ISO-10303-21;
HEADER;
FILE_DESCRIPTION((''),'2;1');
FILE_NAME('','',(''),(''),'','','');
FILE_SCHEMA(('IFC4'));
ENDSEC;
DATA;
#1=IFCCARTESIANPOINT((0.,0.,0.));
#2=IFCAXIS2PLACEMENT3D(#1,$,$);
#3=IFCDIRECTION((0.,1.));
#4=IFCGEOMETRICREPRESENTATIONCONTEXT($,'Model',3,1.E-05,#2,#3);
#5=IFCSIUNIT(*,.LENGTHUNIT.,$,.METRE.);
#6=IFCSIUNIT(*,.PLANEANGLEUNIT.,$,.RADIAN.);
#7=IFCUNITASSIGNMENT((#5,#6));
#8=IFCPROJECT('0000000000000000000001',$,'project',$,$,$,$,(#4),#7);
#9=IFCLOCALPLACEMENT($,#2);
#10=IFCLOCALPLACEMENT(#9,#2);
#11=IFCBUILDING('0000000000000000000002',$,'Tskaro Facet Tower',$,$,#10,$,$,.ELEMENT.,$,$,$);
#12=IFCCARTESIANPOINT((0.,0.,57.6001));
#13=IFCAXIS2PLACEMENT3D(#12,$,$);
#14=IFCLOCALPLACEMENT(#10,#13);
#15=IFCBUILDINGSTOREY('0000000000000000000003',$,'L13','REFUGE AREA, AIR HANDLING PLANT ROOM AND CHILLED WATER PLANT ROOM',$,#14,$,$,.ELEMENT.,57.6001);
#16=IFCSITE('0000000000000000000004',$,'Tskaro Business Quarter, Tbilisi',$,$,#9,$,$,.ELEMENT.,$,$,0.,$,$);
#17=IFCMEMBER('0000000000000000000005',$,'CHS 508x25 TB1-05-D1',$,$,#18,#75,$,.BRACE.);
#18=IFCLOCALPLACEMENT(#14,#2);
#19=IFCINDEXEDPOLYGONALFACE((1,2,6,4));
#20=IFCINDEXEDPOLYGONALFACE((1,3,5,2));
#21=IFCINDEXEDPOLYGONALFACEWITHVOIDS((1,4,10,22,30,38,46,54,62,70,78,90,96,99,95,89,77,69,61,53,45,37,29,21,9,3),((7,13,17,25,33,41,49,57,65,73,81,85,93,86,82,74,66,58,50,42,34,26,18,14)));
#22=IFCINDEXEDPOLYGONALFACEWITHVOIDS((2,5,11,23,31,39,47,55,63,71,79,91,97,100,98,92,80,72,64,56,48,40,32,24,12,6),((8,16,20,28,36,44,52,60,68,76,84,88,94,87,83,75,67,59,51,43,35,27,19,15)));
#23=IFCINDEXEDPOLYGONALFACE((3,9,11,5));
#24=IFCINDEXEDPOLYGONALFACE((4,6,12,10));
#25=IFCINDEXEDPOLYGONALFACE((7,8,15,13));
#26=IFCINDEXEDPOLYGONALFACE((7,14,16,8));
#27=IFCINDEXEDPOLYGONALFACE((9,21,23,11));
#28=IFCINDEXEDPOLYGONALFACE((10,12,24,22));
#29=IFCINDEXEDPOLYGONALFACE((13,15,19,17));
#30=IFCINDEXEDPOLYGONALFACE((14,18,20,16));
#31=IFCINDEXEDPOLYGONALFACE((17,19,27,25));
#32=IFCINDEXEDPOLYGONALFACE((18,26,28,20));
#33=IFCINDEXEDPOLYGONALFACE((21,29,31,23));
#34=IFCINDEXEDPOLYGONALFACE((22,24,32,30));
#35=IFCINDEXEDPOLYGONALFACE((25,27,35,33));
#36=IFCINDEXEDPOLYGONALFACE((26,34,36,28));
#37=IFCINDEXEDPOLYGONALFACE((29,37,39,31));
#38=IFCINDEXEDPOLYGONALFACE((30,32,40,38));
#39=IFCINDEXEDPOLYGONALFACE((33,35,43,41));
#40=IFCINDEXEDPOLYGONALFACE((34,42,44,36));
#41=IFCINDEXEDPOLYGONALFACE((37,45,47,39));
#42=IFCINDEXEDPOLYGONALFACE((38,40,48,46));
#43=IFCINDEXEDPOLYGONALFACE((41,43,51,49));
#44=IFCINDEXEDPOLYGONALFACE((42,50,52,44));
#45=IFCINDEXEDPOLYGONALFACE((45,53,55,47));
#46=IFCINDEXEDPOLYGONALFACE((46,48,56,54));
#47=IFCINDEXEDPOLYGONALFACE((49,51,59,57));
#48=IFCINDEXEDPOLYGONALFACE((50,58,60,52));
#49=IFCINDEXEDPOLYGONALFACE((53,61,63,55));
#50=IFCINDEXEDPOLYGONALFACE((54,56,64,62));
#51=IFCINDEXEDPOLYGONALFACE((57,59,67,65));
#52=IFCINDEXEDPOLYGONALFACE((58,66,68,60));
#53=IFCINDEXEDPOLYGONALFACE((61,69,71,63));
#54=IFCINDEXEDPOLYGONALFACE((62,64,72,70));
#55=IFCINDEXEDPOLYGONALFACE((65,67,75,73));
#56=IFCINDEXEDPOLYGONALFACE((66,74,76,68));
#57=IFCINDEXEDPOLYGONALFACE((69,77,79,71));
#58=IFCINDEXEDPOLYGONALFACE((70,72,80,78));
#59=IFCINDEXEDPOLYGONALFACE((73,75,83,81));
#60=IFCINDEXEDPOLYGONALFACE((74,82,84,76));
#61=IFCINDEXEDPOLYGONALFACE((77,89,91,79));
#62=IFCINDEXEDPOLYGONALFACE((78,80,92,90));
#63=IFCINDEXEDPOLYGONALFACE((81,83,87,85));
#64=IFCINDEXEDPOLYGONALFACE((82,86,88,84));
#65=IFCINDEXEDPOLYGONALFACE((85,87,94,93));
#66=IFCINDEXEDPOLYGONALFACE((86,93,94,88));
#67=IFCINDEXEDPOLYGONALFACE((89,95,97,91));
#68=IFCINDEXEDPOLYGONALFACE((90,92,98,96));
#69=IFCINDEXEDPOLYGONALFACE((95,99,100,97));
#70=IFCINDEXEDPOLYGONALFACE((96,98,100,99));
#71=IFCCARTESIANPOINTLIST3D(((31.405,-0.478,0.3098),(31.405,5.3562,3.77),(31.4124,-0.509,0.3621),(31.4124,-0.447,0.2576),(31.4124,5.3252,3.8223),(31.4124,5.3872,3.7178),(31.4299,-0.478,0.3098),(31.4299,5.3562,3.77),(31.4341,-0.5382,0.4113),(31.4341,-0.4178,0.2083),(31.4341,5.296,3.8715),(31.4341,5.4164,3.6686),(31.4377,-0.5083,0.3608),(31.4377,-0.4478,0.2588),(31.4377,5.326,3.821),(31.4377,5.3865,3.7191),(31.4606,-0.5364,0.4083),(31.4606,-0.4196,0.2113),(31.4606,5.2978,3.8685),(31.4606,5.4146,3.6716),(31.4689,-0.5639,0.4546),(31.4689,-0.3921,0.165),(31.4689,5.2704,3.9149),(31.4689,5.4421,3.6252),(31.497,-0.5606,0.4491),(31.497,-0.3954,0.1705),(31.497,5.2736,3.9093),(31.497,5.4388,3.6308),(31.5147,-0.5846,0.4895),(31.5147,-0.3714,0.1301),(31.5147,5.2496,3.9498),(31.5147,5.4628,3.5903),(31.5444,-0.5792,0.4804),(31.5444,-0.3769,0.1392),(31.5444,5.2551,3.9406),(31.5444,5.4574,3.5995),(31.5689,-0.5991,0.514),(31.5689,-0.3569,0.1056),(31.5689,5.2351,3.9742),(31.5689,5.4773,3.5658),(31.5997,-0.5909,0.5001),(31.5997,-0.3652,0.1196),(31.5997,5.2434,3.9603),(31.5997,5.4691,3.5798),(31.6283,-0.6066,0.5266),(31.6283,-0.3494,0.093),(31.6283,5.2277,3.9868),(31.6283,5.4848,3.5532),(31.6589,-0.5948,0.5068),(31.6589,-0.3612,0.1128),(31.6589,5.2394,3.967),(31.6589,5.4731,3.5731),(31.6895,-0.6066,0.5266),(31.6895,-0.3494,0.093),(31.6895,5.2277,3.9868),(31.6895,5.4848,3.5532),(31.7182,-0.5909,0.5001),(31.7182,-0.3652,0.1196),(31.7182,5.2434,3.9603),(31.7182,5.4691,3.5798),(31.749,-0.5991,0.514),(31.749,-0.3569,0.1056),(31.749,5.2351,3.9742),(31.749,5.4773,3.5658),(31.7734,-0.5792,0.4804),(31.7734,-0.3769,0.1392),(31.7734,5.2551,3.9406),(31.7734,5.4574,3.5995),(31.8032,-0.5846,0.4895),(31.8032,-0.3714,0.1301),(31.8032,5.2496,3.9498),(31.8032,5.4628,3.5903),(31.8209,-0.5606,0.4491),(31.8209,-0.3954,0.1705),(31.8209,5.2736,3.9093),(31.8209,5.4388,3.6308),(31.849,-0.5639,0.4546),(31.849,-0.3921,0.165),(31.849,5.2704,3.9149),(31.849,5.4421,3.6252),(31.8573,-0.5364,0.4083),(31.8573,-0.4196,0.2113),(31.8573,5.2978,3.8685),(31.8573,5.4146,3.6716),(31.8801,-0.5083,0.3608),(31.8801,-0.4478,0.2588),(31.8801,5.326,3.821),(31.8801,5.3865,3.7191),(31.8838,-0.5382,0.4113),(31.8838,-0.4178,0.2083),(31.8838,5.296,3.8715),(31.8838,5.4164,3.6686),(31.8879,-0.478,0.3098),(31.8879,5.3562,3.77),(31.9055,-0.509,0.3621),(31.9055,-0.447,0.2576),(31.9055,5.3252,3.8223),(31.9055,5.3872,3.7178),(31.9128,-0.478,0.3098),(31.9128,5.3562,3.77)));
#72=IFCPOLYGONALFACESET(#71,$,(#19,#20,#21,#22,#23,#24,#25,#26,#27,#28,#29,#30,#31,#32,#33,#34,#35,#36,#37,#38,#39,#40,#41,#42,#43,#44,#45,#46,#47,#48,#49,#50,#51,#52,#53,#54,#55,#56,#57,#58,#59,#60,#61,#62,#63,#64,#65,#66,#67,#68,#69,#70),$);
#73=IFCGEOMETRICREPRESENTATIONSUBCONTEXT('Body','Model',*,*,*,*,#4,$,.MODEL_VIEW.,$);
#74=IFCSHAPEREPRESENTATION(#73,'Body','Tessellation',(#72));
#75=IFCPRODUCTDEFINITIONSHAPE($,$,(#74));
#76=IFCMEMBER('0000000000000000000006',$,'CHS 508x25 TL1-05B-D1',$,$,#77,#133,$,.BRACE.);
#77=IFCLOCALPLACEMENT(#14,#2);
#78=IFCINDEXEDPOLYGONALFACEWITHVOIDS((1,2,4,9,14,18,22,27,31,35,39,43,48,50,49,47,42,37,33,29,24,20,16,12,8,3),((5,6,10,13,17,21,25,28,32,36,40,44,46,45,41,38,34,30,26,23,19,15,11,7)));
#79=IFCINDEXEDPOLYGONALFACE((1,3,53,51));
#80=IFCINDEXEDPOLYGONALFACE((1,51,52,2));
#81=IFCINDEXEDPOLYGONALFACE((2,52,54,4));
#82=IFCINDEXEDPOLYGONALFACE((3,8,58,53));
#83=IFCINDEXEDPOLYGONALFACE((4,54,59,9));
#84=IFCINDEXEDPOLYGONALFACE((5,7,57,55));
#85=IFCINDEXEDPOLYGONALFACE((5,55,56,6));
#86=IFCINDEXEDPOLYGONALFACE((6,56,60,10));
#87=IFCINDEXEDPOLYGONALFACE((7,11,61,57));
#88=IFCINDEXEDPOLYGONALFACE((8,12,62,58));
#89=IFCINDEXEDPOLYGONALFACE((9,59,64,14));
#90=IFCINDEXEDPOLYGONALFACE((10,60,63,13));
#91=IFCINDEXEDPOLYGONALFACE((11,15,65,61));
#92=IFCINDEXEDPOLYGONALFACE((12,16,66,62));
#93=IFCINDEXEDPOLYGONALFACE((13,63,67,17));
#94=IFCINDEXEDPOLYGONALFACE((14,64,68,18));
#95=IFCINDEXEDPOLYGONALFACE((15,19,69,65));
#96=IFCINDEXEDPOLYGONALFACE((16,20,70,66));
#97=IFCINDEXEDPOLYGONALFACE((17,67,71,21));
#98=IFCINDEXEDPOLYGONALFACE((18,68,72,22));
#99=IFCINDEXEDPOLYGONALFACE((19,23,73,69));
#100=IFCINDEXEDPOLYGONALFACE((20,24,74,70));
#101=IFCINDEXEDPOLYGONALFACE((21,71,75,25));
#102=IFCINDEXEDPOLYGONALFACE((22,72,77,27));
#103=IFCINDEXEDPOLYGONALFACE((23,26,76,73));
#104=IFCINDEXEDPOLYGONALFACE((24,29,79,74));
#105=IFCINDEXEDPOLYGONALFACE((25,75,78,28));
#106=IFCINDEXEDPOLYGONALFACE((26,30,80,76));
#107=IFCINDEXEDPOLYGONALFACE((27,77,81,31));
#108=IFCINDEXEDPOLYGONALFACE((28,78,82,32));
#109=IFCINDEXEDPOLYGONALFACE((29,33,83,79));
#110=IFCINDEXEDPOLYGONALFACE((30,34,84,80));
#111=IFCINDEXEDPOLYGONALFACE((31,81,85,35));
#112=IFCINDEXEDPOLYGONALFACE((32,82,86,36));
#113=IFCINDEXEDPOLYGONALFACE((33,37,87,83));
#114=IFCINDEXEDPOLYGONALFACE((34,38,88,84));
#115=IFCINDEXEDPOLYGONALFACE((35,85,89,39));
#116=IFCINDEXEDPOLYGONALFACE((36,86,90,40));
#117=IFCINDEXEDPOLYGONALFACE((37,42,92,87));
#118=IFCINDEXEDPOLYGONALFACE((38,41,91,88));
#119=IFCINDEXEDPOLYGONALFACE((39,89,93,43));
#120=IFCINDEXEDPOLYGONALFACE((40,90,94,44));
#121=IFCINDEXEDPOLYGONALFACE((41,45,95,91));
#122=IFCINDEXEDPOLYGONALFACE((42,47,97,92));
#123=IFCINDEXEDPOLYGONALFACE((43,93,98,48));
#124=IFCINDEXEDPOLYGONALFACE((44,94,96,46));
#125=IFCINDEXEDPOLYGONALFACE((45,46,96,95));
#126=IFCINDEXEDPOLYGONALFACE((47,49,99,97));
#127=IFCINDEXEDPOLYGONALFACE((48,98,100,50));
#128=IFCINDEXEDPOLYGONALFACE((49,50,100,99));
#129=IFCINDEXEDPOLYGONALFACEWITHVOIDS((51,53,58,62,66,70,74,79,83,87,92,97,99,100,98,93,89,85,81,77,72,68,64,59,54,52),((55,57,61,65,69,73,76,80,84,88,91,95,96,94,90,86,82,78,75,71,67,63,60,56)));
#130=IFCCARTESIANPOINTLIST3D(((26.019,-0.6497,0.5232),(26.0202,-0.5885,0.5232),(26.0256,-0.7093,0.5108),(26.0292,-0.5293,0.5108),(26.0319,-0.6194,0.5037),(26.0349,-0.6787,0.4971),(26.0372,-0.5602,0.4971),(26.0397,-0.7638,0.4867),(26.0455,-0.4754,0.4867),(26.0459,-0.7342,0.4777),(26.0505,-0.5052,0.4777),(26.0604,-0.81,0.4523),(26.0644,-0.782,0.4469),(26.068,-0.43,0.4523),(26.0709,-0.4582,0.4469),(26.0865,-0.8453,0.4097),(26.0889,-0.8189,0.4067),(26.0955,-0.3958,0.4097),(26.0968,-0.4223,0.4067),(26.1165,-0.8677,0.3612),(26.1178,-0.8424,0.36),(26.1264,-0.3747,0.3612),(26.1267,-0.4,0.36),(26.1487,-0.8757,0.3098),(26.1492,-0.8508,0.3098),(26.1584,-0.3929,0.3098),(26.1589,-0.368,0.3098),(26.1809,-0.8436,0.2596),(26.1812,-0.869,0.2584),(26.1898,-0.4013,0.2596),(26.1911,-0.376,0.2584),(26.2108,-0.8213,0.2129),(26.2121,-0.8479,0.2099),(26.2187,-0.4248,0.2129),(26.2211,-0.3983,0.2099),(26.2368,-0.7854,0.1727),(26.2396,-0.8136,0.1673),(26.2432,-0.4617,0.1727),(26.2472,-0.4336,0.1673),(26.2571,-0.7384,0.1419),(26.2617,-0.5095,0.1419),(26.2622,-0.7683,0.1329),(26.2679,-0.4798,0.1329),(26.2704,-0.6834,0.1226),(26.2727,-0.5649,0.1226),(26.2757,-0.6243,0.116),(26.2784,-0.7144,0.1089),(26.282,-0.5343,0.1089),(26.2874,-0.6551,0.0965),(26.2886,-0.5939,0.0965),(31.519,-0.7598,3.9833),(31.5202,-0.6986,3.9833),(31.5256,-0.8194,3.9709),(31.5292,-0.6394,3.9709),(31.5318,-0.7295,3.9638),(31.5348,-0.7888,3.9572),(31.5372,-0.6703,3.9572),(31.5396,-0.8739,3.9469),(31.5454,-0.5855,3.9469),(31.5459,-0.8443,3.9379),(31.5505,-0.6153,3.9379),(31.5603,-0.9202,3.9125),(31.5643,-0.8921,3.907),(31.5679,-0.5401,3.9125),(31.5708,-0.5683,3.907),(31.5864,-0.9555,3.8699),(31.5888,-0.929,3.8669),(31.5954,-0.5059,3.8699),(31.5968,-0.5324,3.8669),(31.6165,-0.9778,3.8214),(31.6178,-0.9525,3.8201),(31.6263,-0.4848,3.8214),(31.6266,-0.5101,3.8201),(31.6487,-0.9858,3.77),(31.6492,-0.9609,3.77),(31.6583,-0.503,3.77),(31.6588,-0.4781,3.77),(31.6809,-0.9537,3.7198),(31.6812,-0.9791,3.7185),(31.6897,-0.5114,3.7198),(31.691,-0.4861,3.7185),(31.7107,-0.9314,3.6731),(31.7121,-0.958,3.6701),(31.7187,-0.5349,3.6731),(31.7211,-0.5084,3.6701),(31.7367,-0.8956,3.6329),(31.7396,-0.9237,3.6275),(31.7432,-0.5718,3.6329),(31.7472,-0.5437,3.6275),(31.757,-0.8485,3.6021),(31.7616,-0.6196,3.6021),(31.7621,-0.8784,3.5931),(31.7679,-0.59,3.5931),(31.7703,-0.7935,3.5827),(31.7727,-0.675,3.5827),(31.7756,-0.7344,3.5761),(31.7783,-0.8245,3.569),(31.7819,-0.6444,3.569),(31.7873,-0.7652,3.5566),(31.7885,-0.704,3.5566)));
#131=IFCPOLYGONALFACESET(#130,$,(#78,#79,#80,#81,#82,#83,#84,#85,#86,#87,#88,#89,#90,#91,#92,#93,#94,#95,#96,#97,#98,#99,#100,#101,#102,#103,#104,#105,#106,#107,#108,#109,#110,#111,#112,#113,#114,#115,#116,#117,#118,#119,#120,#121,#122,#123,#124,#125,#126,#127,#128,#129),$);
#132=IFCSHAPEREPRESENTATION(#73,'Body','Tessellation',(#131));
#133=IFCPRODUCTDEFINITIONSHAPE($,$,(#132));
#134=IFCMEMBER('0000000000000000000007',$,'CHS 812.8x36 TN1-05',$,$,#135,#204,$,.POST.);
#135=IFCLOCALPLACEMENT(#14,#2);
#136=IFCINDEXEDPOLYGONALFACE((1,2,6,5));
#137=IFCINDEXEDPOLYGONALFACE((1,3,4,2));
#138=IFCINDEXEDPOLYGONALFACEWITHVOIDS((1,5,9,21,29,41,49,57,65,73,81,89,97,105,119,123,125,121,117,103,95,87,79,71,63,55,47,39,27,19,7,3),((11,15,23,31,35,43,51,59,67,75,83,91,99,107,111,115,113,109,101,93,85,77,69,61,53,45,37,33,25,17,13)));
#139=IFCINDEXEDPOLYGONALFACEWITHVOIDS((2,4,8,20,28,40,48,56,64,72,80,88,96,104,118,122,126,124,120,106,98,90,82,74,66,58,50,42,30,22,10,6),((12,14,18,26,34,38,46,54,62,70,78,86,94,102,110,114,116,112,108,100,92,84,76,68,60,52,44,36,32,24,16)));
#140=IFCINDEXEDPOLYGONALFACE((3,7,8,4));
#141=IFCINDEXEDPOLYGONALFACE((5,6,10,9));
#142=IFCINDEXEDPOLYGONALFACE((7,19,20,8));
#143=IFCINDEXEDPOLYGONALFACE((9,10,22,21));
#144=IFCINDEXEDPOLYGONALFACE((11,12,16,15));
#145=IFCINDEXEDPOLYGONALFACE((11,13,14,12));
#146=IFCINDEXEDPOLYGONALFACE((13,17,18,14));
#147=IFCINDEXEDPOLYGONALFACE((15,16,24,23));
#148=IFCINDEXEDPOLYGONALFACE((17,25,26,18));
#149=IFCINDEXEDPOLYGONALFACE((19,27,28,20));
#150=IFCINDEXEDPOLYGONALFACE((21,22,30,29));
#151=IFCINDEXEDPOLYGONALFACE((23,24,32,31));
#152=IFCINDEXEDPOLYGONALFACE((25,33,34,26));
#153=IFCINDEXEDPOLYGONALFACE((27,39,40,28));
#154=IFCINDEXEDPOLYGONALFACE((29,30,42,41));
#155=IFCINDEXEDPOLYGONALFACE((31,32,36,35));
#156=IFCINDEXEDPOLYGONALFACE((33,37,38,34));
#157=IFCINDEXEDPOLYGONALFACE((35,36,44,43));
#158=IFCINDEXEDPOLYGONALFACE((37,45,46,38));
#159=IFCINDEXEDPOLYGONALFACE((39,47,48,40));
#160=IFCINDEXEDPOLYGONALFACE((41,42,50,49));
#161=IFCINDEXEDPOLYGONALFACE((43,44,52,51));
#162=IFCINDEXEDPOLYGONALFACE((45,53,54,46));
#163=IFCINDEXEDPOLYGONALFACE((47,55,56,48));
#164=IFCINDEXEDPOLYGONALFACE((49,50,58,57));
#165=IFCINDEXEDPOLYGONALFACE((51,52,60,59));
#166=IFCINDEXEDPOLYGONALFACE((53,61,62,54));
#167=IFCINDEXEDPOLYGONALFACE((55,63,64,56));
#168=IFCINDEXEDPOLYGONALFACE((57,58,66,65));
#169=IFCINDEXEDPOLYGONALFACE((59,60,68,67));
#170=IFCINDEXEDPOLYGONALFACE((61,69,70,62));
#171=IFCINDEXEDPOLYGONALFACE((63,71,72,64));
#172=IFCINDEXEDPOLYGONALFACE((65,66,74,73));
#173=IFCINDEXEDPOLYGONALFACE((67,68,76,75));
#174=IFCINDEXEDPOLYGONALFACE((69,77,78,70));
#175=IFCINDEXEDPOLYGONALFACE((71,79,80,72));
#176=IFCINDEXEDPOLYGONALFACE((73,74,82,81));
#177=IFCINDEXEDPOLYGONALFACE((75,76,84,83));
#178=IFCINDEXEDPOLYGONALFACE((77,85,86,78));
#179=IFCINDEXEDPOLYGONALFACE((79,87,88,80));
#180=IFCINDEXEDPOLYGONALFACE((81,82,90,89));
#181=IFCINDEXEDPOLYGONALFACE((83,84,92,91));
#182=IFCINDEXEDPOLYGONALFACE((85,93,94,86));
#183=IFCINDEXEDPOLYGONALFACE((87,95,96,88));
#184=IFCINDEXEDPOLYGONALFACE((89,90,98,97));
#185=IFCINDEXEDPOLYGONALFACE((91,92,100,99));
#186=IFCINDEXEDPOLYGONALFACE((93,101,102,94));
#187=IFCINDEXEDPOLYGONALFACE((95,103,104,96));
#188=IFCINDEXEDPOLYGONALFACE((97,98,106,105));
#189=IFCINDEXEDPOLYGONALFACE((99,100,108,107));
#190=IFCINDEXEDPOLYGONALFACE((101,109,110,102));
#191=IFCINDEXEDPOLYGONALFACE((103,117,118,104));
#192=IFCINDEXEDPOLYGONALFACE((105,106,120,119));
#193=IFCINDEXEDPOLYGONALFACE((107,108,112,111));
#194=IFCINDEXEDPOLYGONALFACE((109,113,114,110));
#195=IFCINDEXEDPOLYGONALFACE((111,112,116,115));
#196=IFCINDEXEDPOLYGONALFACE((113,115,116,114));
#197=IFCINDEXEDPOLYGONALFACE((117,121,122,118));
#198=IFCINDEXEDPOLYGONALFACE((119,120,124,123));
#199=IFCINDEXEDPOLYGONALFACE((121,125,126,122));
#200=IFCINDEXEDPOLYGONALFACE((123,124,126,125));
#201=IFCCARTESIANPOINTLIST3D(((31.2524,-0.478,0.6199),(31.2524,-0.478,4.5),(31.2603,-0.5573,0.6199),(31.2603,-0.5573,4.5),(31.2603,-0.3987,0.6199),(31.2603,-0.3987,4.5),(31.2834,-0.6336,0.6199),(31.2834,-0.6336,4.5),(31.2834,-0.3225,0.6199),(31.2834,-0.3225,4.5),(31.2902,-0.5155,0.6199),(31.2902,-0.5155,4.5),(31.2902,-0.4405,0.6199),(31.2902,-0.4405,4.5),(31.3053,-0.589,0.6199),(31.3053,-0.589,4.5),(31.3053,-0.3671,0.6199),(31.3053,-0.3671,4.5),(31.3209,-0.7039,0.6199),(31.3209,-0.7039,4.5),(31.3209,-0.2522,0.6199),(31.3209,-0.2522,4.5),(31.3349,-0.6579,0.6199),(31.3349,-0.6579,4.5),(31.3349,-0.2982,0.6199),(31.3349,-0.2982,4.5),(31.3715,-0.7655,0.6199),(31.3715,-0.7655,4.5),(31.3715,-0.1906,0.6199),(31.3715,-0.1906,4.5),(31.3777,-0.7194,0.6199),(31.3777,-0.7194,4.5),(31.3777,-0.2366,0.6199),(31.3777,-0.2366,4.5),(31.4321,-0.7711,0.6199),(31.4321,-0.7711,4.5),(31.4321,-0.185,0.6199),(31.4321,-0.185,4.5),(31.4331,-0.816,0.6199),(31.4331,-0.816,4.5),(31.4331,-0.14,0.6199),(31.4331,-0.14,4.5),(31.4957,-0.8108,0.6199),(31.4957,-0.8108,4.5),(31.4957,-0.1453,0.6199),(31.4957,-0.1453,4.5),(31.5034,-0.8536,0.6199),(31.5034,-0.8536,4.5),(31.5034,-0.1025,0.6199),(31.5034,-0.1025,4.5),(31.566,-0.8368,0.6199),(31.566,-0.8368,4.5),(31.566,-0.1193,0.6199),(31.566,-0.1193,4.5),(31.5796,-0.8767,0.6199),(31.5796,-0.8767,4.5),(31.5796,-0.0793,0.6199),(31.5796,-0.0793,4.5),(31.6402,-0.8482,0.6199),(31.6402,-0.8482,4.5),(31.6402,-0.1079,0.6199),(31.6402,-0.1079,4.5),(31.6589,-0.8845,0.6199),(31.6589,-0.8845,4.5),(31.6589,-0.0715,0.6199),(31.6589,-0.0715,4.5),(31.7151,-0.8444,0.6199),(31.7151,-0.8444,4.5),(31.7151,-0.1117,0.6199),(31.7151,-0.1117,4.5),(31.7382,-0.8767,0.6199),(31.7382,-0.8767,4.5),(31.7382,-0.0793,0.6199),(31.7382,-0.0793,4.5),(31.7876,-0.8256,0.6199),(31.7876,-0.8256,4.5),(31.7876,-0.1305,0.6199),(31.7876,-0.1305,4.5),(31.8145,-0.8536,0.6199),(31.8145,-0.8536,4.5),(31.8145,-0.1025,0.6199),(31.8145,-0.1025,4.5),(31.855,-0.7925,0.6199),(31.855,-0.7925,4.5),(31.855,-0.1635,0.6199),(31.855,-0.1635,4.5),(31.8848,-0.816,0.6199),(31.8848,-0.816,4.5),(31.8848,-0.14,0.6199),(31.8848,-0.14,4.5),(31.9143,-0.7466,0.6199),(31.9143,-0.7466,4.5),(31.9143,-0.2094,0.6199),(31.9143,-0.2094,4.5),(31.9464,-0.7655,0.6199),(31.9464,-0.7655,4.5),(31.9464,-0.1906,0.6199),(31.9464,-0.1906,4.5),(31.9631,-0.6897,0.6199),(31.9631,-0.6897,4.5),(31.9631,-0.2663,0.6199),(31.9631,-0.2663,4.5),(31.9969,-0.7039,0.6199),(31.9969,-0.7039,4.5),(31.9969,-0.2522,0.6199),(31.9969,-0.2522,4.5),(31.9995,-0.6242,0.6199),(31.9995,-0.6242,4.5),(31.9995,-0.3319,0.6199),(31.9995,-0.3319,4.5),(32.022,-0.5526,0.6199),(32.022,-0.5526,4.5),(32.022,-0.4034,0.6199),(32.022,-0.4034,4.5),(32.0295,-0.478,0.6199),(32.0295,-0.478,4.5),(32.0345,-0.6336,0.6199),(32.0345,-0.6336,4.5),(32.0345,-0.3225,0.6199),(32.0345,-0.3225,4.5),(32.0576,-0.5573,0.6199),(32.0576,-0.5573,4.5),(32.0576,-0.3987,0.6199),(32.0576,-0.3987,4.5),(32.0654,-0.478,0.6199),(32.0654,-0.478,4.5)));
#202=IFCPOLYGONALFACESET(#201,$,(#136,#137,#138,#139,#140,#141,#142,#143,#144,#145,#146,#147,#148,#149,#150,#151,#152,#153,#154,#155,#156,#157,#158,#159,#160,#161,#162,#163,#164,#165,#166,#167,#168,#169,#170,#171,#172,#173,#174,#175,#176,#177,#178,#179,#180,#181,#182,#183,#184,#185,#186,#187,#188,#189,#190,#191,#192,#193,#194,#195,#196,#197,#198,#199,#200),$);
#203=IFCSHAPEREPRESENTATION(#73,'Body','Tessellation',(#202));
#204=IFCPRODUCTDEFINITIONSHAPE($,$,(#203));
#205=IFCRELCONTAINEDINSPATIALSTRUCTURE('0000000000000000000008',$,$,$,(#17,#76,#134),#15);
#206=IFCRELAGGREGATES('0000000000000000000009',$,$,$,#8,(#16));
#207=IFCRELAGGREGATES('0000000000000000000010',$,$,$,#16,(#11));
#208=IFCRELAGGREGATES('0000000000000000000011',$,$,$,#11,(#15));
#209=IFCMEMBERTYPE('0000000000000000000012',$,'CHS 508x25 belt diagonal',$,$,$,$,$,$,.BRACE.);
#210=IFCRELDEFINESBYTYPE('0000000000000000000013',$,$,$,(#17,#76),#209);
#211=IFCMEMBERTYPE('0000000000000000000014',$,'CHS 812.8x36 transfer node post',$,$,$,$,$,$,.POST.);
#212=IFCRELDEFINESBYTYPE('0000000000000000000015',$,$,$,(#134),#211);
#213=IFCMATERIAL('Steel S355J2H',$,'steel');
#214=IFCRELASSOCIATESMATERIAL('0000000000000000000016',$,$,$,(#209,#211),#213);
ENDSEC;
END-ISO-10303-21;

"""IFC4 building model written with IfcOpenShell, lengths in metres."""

from ifc_helpers import new_model, si_unit, direction, frame, origin, origin_2d, place, context, subcontext, project, spatial, hollow_circle, extrude, material, material_profile, profile_set, type_object, element, save


model = new_model("IFC4")

# Units and contexts
model_context = context("Model", 3, precision=1e-05, world=origin(), true_north=direction((0.0, 1.0)))
body_context = subcontext(model_context, "Body", "Model", "MODEL_VIEW")
ifc_project = project(units=[si_unit("LENGTHUNIT", "METRE"), si_unit("PLANEANGLEUNIT", "RADIAN")], contexts=[model_context])

# Site, building, storey
site_placement = place(None, origin())
site = spatial("IfcSite", under=ifc_project, at=site_placement, Name="Tskaro Business Quarter, Tbilisi", CompositionType="ELEMENT", RefElevation=0.0)
building_placement = place(site_placement, origin())
building = spatial("IfcBuilding", under=site, at=building_placement, Name="Tskaro Facet Tower", CompositionType="ELEMENT")
storey_placement = place(building_placement, frame((0.0, 0.0, 57.6001)))
storey = spatial("IfcBuildingStorey", under=building, at=storey_placement, Name="L13", Description="REFUGE AREA, AIR HANDLING PLANT ROOM AND CHILLED WATER PLANT ROOM", CompositionType="ELEMENT", Elevation=57.6001)

# Shared definitions
ifc_material_1 = material(Name="Steel S355J2H", Category="steel")

# Members
ifc_material_profile_1 = material_profile(ifc_material_1, hollow_circle(Radius=0.2539, WallThickness=0.0249, at=origin_2d()), Name="CHS 508x25")
ifc_profile_set_1 = profile_set([ifc_material_profile_1], Name="Steel S355J2H")
member_type_1 = type_object("IfcMemberType", Name="CHS 508x25 belt diagonal", PredefinedType="BRACE", material=ifc_profile_set_1)
member_1_placement = place(storey_placement, frame((31.6589, -0.478, 0.3098), z_axis=(0.0, 0.860105, 0.510117), x_axis=(-1.0, 0.0, 0.0)))
element("IfcMember", 1, at=member_1_placement, inside=storey, type_object=member_type_1, Name="CHS 508x25 TB1-05-D1", PredefinedType="BRACE", context=body_context, shape_type="SweptSolid", body=[
    extrude(hollow_circle(Radius=0.2539, WallThickness=0.0249, at=origin_2d()), origin(), (0.0, 0.0, 1.0), 6.7832),
])
member_2_placement = place(storey_placement, frame((26.1538, -0.6218, 0.3098), z_axis=(0.846303, -0.016943, 0.532433), x_axis=(0.020016, 0.9998, 0.0)))
element("IfcMember", 2, at=member_2_placement, inside=storey, type_object=member_type_1, Name="CHS 508x25 TL1-05B-D1", PredefinedType="BRACE", context=body_context, shape_type="SweptSolid", body=[
    extrude(hollow_circle(Radius=0.2539, WallThickness=0.0249, at=origin_2d()), origin(), (0.0, 0.0, 1.0), 6.4988),
])
ifc_material_profile_2 = material_profile(ifc_material_1, hollow_circle(Radius=0.4065, WallThickness=0.0359, at=origin_2d()), Name="CHS 812.8x36")
ifc_profile_set_2 = profile_set([ifc_material_profile_2], Name="Steel S355J2H")
member_type_2 = type_object("IfcMemberType", Name="CHS 812.8x36 transfer node post", PredefinedType="POST", material=ifc_profile_set_2)
member_3_placement = place(storey_placement, frame((31.6589, -0.478, 0.6199), z_axis=(0.0, 0.0, 1.0), x_axis=(1.0, 0.0, 0.0)))
element("IfcMember", 3, at=member_3_placement, inside=storey, type_object=member_type_2, Name="CHS 812.8x36 TN1-05", PredefinedType="POST", context=body_context, shape_type="SweptSolid", body=[
    extrude(hollow_circle(Radius=0.4065, WallThickness=0.0359, at=origin_2d()), origin(), (0.0, 0.0, 1.0), 3.8801),
])

save(model, "model.ifc")
